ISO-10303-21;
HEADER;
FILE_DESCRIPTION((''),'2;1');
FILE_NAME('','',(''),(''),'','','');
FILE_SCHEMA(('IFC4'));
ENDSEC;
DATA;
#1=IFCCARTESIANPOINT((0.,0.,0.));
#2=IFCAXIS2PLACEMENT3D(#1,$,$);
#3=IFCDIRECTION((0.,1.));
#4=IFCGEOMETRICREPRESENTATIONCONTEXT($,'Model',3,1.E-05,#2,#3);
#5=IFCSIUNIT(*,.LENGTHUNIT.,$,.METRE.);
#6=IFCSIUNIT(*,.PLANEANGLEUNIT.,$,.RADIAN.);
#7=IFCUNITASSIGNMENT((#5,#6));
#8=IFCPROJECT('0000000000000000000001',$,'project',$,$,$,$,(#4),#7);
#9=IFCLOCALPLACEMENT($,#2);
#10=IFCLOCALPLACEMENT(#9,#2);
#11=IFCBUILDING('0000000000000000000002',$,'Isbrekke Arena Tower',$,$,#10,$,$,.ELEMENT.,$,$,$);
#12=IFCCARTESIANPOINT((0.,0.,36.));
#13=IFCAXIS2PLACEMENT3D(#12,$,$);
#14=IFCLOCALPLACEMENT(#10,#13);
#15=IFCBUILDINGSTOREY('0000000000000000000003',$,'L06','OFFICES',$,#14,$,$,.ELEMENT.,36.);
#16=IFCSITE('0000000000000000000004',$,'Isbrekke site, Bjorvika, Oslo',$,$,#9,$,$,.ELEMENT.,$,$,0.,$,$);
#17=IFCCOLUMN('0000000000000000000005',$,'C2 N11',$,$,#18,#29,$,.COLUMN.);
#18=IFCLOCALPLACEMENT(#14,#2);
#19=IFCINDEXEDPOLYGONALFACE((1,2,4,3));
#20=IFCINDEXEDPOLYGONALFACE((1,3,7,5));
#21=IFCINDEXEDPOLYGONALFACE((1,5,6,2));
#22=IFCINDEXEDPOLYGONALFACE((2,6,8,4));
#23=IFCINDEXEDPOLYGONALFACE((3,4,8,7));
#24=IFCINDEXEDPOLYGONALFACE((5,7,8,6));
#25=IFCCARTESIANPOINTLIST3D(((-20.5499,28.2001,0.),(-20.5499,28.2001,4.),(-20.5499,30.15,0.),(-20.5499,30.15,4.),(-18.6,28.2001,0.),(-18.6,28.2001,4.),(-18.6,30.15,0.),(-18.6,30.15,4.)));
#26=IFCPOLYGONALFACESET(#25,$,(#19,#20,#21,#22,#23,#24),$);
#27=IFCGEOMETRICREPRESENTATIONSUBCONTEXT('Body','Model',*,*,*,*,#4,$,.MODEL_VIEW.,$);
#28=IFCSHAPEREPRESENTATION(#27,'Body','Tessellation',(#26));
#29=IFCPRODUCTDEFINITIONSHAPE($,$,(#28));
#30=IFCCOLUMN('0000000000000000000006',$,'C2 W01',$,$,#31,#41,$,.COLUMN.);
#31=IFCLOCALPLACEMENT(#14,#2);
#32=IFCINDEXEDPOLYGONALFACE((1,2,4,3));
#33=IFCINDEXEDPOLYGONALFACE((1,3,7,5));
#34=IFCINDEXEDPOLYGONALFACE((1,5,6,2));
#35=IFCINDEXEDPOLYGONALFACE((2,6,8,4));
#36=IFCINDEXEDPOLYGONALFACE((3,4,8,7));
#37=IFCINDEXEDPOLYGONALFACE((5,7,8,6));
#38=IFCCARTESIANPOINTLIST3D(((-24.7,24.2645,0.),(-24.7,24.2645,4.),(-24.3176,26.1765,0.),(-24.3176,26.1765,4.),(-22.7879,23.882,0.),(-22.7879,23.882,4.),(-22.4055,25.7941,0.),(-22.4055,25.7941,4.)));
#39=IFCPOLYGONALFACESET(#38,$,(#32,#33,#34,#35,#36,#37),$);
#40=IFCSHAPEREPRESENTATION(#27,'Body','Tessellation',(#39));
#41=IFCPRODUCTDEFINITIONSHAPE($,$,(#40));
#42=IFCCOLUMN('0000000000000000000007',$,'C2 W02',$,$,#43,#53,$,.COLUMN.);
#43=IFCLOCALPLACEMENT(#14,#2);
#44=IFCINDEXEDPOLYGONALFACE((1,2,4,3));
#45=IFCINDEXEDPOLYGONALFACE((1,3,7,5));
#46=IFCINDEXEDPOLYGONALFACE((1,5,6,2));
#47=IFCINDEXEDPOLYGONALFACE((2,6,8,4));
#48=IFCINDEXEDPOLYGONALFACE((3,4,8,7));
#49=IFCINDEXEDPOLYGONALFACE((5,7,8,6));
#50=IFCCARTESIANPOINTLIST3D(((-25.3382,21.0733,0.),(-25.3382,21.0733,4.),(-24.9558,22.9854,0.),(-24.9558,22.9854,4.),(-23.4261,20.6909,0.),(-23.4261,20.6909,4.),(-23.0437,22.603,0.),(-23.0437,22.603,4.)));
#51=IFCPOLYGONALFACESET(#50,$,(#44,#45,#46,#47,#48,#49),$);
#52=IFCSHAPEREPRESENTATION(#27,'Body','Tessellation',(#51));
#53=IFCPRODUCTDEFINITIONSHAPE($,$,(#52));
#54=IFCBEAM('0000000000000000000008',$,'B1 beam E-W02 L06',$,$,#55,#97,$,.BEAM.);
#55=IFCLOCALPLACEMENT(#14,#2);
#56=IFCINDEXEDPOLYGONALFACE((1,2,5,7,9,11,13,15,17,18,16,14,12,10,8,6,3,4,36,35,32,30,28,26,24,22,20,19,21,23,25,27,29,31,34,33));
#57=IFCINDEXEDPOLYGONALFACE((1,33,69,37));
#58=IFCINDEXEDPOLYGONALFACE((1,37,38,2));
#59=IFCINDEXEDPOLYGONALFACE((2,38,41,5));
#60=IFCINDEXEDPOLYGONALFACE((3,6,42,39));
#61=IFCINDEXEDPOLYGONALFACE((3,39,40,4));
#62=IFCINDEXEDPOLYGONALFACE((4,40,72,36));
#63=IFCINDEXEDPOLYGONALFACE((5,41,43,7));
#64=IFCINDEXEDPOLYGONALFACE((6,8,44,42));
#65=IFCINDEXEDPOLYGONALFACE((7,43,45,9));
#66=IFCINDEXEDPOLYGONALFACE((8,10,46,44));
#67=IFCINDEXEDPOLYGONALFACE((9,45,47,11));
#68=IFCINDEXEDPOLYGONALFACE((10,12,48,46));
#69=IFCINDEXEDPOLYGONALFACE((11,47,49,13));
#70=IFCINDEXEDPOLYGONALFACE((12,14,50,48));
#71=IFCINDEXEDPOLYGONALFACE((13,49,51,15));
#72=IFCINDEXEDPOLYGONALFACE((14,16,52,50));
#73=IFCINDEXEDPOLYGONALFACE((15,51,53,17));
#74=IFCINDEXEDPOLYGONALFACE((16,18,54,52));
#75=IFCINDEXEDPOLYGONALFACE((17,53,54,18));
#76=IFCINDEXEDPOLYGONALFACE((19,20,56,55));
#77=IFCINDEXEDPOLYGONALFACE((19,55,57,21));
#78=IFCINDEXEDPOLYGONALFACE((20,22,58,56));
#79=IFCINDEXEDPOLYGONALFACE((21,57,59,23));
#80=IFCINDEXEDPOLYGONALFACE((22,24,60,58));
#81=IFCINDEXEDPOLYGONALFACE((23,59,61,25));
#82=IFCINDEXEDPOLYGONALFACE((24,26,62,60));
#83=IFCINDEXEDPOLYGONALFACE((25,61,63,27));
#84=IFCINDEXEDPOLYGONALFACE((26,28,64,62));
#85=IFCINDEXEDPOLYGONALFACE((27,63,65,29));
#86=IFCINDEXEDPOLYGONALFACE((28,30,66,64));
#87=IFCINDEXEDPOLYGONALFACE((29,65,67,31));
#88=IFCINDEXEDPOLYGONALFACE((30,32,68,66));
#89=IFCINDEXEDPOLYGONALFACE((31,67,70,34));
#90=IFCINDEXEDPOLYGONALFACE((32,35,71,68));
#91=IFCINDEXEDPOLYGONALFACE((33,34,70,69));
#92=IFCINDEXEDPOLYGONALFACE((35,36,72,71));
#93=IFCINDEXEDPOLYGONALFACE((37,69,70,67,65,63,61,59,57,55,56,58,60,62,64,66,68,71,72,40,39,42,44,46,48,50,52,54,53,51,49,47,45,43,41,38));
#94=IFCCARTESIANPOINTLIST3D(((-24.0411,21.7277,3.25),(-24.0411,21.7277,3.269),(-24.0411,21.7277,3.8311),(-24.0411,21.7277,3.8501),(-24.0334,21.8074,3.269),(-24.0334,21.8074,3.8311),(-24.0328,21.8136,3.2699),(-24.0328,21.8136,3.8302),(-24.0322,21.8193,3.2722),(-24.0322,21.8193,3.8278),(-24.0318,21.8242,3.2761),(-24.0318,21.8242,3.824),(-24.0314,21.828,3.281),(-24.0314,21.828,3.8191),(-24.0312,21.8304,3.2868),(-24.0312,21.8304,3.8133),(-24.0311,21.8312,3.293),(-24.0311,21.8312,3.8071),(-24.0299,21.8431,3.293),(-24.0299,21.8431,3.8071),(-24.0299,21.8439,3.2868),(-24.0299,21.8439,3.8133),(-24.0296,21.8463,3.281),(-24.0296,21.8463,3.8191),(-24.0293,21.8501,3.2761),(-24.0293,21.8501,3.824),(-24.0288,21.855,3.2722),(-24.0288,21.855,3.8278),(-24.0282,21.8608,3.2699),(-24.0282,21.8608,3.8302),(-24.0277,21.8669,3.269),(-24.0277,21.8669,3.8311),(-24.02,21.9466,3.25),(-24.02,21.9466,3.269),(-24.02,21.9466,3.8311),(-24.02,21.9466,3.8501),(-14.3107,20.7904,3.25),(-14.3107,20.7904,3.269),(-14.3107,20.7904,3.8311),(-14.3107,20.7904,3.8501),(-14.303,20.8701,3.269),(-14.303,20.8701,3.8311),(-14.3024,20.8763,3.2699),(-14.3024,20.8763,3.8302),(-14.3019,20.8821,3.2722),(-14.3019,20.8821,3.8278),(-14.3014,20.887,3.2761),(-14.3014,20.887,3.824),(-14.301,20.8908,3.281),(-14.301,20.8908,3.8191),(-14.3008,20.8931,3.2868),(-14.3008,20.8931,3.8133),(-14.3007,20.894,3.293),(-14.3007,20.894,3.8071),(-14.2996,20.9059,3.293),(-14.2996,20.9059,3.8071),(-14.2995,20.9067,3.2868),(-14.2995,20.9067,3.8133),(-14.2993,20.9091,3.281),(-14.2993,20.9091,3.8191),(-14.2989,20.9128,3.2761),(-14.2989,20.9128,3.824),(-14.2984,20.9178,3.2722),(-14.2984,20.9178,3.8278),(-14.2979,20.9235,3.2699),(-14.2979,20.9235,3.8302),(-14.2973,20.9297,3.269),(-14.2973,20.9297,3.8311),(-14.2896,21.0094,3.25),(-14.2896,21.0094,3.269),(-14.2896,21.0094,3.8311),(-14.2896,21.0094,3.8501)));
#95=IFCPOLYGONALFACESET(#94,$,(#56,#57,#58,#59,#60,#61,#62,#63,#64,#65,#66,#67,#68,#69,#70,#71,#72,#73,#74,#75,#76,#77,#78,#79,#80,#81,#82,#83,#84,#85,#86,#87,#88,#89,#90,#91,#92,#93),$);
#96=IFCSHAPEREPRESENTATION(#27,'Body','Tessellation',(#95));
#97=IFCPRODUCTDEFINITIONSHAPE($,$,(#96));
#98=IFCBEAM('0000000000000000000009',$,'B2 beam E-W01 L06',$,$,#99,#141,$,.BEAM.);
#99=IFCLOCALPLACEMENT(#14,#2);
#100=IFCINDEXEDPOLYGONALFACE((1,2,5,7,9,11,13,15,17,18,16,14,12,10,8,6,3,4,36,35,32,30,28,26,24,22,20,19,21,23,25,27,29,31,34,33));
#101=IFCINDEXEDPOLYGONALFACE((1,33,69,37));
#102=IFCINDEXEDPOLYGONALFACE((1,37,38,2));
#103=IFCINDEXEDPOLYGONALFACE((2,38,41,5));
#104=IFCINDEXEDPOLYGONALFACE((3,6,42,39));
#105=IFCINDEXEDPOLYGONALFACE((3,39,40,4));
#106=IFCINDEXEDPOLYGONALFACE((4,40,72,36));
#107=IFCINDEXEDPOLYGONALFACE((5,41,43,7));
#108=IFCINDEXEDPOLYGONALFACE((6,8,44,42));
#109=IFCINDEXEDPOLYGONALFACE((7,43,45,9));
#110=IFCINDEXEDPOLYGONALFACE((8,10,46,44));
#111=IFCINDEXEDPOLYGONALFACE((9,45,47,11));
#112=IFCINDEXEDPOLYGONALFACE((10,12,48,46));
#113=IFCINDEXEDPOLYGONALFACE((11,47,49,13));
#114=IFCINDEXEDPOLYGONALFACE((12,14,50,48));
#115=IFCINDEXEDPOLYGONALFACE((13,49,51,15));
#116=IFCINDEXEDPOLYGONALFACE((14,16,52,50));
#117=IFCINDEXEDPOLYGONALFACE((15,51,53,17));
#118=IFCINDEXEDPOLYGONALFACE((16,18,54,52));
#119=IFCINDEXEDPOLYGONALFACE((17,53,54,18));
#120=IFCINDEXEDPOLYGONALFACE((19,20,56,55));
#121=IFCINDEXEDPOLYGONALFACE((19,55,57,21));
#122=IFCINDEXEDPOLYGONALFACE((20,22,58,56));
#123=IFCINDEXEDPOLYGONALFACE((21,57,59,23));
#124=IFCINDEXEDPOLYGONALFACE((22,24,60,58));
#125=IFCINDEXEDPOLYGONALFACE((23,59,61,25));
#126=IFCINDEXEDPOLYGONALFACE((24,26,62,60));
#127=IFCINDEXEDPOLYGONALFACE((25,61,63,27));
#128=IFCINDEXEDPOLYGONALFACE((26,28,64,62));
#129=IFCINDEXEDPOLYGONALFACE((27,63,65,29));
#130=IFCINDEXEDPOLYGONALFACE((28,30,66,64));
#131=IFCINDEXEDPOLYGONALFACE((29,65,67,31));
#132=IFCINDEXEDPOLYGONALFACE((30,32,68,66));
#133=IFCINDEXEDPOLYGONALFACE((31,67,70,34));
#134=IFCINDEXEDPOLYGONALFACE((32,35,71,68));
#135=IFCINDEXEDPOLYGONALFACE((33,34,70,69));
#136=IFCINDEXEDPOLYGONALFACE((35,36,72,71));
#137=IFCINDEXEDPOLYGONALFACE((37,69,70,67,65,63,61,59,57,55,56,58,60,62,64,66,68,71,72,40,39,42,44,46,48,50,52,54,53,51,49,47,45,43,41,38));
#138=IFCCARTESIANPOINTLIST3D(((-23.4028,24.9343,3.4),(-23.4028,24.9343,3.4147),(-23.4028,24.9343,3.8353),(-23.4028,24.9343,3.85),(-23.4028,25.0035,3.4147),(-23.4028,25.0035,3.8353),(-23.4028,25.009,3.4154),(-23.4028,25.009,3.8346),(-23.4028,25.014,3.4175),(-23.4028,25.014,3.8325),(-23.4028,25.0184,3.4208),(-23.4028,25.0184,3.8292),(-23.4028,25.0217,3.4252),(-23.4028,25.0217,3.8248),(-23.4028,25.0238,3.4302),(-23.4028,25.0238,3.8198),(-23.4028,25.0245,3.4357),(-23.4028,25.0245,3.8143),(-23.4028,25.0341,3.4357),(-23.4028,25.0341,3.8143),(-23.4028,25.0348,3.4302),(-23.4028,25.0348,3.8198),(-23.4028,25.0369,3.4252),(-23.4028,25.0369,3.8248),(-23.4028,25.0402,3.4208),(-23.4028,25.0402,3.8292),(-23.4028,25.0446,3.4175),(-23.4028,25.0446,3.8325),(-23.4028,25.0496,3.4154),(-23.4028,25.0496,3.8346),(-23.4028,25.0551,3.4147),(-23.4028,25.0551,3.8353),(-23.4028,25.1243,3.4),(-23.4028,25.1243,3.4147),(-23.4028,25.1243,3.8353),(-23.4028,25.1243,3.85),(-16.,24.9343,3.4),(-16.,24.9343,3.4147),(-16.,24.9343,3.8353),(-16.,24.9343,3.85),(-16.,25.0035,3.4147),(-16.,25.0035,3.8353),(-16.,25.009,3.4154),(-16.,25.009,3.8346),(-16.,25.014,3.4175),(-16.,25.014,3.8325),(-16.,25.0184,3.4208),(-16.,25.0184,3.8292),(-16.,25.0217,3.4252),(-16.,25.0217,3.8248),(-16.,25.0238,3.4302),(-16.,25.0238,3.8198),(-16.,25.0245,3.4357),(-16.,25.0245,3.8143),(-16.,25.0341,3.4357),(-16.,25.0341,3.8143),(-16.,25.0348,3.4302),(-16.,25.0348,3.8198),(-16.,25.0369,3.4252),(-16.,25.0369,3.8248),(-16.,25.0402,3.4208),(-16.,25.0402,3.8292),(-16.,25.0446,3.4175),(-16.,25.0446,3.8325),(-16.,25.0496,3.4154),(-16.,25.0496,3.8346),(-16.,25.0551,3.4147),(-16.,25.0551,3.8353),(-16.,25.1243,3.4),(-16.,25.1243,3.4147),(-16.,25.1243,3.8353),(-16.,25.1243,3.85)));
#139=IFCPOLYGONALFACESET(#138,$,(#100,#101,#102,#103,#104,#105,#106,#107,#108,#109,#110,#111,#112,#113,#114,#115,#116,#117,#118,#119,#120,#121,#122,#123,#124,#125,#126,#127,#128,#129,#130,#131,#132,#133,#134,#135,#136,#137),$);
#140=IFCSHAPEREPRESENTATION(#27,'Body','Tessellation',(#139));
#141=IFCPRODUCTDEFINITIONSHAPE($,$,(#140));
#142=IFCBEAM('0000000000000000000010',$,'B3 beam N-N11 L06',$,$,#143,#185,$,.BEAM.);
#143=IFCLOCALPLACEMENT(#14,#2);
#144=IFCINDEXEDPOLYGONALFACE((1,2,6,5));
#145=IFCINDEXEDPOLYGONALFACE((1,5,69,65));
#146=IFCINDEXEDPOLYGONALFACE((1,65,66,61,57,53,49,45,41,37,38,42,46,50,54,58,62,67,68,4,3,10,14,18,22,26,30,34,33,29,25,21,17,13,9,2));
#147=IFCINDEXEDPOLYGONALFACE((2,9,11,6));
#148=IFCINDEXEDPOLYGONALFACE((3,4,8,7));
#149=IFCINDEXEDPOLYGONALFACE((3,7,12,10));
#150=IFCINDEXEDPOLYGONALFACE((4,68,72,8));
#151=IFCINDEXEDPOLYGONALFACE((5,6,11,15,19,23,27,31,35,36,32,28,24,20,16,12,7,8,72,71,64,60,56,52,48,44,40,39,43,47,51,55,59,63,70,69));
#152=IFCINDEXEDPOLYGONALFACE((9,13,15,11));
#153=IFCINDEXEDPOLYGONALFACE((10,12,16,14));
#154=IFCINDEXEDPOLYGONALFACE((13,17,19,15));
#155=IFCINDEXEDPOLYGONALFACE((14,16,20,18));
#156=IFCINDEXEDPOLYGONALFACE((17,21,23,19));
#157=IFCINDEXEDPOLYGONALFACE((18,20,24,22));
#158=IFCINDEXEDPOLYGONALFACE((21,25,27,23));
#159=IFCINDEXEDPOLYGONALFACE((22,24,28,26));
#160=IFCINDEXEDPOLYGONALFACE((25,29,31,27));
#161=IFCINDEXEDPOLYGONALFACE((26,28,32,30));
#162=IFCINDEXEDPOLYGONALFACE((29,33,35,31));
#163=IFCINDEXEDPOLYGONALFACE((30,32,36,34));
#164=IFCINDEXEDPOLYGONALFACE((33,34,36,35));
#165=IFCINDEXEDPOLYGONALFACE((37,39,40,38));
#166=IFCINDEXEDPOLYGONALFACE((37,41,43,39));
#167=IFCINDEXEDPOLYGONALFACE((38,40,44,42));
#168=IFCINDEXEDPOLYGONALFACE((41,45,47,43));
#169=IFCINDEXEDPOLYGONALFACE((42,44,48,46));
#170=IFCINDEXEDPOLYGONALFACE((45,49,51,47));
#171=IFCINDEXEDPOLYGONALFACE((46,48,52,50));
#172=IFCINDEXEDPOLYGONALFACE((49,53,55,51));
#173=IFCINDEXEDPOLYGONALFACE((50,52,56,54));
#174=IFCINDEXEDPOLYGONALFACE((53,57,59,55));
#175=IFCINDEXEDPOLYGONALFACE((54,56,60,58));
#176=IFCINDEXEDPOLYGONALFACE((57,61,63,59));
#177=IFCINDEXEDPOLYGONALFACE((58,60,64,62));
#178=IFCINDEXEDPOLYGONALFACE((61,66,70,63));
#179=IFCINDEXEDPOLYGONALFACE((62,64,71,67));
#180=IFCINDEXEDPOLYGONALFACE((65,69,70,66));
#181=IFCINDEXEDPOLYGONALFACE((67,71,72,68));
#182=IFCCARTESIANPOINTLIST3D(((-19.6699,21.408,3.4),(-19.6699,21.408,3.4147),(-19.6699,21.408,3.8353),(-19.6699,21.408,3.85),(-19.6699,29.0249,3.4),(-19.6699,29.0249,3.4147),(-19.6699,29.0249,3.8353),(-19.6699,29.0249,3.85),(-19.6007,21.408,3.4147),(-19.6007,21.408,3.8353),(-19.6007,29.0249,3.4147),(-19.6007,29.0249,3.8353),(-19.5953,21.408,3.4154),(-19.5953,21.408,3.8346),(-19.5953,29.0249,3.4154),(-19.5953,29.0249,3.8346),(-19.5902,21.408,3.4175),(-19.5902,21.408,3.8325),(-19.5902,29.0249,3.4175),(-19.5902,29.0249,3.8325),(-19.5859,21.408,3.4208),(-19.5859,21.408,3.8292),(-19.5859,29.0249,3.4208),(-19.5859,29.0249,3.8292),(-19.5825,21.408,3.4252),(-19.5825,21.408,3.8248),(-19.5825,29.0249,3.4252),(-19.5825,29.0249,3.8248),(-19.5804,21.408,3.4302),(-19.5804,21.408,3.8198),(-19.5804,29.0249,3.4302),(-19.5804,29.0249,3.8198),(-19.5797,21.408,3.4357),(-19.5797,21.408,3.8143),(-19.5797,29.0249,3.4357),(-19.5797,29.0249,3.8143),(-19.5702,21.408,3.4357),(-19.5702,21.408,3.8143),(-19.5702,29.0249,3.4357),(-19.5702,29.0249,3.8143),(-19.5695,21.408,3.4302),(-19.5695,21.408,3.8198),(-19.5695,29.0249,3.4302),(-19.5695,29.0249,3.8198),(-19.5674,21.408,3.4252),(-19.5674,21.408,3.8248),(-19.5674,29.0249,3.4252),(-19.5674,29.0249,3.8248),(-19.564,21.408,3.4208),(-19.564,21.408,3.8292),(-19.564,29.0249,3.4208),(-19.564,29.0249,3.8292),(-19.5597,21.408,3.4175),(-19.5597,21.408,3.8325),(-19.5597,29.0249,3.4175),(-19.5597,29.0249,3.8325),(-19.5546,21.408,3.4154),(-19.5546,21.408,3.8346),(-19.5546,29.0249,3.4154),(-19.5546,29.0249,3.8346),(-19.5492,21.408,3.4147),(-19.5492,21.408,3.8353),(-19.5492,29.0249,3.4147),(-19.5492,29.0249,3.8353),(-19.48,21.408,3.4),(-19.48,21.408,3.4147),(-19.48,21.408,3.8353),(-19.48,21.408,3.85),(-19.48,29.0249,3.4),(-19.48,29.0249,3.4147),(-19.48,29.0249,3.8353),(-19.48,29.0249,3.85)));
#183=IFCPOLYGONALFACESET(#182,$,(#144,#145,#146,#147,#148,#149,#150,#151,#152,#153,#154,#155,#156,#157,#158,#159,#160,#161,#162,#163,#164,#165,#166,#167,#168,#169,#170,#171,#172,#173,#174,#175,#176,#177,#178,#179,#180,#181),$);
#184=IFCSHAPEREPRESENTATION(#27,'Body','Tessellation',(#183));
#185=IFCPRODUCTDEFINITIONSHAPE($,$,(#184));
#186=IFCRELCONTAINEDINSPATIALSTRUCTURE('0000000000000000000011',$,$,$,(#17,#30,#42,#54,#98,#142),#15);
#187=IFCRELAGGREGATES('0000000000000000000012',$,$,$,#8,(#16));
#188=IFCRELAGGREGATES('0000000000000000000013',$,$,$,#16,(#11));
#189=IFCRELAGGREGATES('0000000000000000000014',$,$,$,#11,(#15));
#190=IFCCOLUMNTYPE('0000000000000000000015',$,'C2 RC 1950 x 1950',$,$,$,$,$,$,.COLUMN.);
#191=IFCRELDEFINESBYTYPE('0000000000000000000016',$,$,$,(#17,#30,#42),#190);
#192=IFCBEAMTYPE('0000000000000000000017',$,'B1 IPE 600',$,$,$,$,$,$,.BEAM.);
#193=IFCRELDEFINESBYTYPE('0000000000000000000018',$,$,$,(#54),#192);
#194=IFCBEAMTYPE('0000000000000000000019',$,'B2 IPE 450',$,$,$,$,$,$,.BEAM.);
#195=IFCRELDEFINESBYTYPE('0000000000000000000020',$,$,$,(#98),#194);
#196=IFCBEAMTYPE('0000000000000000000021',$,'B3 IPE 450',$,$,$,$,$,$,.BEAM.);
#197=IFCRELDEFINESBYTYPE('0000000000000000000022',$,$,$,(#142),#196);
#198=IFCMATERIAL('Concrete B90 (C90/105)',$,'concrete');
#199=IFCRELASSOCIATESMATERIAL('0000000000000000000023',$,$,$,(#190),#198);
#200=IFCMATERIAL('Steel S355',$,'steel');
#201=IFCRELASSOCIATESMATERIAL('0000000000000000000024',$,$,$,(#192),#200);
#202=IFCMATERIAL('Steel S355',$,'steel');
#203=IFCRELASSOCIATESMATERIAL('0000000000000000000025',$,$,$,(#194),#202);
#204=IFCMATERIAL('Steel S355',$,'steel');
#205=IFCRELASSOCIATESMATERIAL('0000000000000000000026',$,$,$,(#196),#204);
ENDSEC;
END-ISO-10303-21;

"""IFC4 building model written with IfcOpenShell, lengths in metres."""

from ifc_helpers import new_model, si_unit, direction, frame, origin, origin_2d, place, context, subcontext, project, spatial, rectangle, i_section, extrude, material, material_profile, profile_set, type_object, element, save


model = new_model("IFC4")

# Units and contexts
model_context = context("Model", 3, precision=1e-05, world=origin(), true_north=direction((0.0, 1.0)))
body_context = subcontext(model_context, "Body", "Model", "MODEL_VIEW")
ifc_project = project(units=[si_unit("LENGTHUNIT", "METRE"), si_unit("PLANEANGLEUNIT", "RADIAN")], contexts=[model_context])

# Site, building, storey
site_placement = place(None, origin())
site = spatial("IfcSite", under=ifc_project, at=site_placement, Name="Isbrekke site, Bjorvika, Oslo", CompositionType="ELEMENT", RefElevation=0.0)
building_placement = place(site_placement, origin())
building = spatial("IfcBuilding", under=site, at=building_placement, Name="Isbrekke Arena Tower", CompositionType="ELEMENT")
storey_placement = place(building_placement, frame((0.0, 0.0, 36.0)))
storey = spatial("IfcBuildingStorey", under=building, at=storey_placement, Name="L06", Description="OFFICES", CompositionType="ELEMENT", Elevation=36.0)

# Columns
ifc_material_1 = material(Name="Concrete B90 (C90/105)", Category="concrete")
ifc_material_profile_1 = material_profile(ifc_material_1, rectangle(XDim=1.95, YDim=1.95, at=origin_2d()), Name="RC 1950x1950")
ifc_profile_set_1 = profile_set([ifc_material_profile_1], Name="Concrete B90 (C90/105)")
column_type = type_object("IfcColumnType", Name="C2 RC 1950 x 1950", PredefinedType="COLUMN", material=ifc_profile_set_1)
for number, where, z_axis, x_axis, name in (
    (1, (-19.575, 29.175, 0.0), (0.0, 0.0, 1.0), (-1.0, 0.0, 0.0), "C2 N11"),
    (2, (-23.5527, 25.0293, 0.0), (0.0, 0.0, 1.0), (-0.196116, -0.980581, 0.0), "C2 W01"),
    (3, (-24.1909, 21.8381, 0.0), (0.0, 0.0, 1.0), (-0.196116, -0.980581, 0.0), "C2 W02"),
):
    element("IfcColumn", number, at=place(storey_placement, frame(where, z_axis=z_axis, x_axis=x_axis)), inside=storey, type_object=column_type, Name=name, PredefinedType="COLUMN", context=body_context, shape_type="SweptSolid", body=[
        extrude(rectangle(XDim=1.95, YDim=1.95, at=origin_2d()), origin(), (0.0, 0.0, 1.0), 4.0),
    ])

# Beams
ifc_material_2 = material(Name="Steel S355", Category="steel")
ifc_material_profile_2 = material_profile(ifc_material_2, i_section(OverallWidth=0.22, OverallDepth=0.6001, WebThickness=0.012, FlangeThickness=0.019, FilletRadius=0.0239, at=origin_2d()), Name="IPE 600")
ifc_profile_set_2 = profile_set([ifc_material_profile_2], Name="Steel S355")
beam_type_1 = type_object("IfcBeamType", Name="B1 IPE 600", PredefinedType="BEAM", material=ifc_profile_set_2)
beam_1_placement = place(storey_placement, frame((-24.0305, 21.8372, 3.55), z_axis=(0.995393, -0.095878, 0.0), x_axis=(0.095878, 0.995393, 0.0)))
element("IfcBeam", 4, at=beam_1_placement, inside=storey, type_object=beam_type_1, Name="B1 beam E-W02 L06", PredefinedType="BEAM", context=body_context, shape_type="SweptSolid", body=[
    extrude(i_section(OverallWidth=0.22, OverallDepth=0.6001, WebThickness=0.012, FlangeThickness=0.019, FilletRadius=0.0239, at=origin_2d()), origin(), (0.0, 0.0, 1.0), 9.7754),
])
ifc_material_3 = material(Name="Steel S355", Category="steel")
ifc_material_profile_3 = material_profile(ifc_material_3, i_section(OverallWidth=0.1899, OverallDepth=0.45, WebThickness=0.0095, FlangeThickness=0.0146, FilletRadius=0.021, at=origin_2d()), Name="IPE 450")
ifc_profile_set_3 = profile_set([ifc_material_profile_3], Name="Steel S355")
beam_type_2 = type_object("IfcBeamType", Name="B2 IPE 450", PredefinedType="BEAM", material=ifc_profile_set_3)
beam_2_placement = place(storey_placement, frame((-23.4028, 25.0293, 3.625), z_axis=(1.0, 0.0, 0.0), x_axis=(0.0, 1.0, 0.0)))
element("IfcBeam", 5, at=beam_2_placement, inside=storey, type_object=beam_type_2, Name="B2 beam E-W01 L06", PredefinedType="BEAM", context=body_context, shape_type="SweptSolid", body=[
    extrude(i_section(OverallWidth=0.1899, OverallDepth=0.45, WebThickness=0.0095, FlangeThickness=0.0146, FilletRadius=0.021, at=origin_2d()), origin(), (0.0, 0.0, 1.0), 7.4028),
])
ifc_material_4 = material(Name="Steel S355", Category="steel")
ifc_material_profile_4 = material_profile(ifc_material_4, i_section(OverallWidth=0.1899, OverallDepth=0.45, WebThickness=0.0095, FlangeThickness=0.0146, FilletRadius=0.021, at=origin_2d()), Name="IPE 450")
ifc_profile_set_4 = profile_set([ifc_material_profile_4], Name="Steel S355")
beam_type_3 = type_object("IfcBeamType", Name="B3 IPE 450", PredefinedType="BEAM", material=ifc_profile_set_4)
beam_3_placement = place(storey_placement, frame((-19.575, 29.0249, 3.625), z_axis=(0.0, -1.0, 0.0), x_axis=(1.0, 0.0, 0.0)))
element("IfcBeam", 6, at=beam_3_placement, inside=storey, type_object=beam_type_3, Name="B3 beam N-N11 L06", PredefinedType="BEAM", context=body_context, shape_type="SweptSolid", body=[
    extrude(i_section(OverallWidth=0.1899, OverallDepth=0.45, WebThickness=0.0095, FlangeThickness=0.0146, FilletRadius=0.021, at=origin_2d()), origin(), (0.0, 0.0, 1.0), 7.6169),
])

save(model, "model.ifc")
